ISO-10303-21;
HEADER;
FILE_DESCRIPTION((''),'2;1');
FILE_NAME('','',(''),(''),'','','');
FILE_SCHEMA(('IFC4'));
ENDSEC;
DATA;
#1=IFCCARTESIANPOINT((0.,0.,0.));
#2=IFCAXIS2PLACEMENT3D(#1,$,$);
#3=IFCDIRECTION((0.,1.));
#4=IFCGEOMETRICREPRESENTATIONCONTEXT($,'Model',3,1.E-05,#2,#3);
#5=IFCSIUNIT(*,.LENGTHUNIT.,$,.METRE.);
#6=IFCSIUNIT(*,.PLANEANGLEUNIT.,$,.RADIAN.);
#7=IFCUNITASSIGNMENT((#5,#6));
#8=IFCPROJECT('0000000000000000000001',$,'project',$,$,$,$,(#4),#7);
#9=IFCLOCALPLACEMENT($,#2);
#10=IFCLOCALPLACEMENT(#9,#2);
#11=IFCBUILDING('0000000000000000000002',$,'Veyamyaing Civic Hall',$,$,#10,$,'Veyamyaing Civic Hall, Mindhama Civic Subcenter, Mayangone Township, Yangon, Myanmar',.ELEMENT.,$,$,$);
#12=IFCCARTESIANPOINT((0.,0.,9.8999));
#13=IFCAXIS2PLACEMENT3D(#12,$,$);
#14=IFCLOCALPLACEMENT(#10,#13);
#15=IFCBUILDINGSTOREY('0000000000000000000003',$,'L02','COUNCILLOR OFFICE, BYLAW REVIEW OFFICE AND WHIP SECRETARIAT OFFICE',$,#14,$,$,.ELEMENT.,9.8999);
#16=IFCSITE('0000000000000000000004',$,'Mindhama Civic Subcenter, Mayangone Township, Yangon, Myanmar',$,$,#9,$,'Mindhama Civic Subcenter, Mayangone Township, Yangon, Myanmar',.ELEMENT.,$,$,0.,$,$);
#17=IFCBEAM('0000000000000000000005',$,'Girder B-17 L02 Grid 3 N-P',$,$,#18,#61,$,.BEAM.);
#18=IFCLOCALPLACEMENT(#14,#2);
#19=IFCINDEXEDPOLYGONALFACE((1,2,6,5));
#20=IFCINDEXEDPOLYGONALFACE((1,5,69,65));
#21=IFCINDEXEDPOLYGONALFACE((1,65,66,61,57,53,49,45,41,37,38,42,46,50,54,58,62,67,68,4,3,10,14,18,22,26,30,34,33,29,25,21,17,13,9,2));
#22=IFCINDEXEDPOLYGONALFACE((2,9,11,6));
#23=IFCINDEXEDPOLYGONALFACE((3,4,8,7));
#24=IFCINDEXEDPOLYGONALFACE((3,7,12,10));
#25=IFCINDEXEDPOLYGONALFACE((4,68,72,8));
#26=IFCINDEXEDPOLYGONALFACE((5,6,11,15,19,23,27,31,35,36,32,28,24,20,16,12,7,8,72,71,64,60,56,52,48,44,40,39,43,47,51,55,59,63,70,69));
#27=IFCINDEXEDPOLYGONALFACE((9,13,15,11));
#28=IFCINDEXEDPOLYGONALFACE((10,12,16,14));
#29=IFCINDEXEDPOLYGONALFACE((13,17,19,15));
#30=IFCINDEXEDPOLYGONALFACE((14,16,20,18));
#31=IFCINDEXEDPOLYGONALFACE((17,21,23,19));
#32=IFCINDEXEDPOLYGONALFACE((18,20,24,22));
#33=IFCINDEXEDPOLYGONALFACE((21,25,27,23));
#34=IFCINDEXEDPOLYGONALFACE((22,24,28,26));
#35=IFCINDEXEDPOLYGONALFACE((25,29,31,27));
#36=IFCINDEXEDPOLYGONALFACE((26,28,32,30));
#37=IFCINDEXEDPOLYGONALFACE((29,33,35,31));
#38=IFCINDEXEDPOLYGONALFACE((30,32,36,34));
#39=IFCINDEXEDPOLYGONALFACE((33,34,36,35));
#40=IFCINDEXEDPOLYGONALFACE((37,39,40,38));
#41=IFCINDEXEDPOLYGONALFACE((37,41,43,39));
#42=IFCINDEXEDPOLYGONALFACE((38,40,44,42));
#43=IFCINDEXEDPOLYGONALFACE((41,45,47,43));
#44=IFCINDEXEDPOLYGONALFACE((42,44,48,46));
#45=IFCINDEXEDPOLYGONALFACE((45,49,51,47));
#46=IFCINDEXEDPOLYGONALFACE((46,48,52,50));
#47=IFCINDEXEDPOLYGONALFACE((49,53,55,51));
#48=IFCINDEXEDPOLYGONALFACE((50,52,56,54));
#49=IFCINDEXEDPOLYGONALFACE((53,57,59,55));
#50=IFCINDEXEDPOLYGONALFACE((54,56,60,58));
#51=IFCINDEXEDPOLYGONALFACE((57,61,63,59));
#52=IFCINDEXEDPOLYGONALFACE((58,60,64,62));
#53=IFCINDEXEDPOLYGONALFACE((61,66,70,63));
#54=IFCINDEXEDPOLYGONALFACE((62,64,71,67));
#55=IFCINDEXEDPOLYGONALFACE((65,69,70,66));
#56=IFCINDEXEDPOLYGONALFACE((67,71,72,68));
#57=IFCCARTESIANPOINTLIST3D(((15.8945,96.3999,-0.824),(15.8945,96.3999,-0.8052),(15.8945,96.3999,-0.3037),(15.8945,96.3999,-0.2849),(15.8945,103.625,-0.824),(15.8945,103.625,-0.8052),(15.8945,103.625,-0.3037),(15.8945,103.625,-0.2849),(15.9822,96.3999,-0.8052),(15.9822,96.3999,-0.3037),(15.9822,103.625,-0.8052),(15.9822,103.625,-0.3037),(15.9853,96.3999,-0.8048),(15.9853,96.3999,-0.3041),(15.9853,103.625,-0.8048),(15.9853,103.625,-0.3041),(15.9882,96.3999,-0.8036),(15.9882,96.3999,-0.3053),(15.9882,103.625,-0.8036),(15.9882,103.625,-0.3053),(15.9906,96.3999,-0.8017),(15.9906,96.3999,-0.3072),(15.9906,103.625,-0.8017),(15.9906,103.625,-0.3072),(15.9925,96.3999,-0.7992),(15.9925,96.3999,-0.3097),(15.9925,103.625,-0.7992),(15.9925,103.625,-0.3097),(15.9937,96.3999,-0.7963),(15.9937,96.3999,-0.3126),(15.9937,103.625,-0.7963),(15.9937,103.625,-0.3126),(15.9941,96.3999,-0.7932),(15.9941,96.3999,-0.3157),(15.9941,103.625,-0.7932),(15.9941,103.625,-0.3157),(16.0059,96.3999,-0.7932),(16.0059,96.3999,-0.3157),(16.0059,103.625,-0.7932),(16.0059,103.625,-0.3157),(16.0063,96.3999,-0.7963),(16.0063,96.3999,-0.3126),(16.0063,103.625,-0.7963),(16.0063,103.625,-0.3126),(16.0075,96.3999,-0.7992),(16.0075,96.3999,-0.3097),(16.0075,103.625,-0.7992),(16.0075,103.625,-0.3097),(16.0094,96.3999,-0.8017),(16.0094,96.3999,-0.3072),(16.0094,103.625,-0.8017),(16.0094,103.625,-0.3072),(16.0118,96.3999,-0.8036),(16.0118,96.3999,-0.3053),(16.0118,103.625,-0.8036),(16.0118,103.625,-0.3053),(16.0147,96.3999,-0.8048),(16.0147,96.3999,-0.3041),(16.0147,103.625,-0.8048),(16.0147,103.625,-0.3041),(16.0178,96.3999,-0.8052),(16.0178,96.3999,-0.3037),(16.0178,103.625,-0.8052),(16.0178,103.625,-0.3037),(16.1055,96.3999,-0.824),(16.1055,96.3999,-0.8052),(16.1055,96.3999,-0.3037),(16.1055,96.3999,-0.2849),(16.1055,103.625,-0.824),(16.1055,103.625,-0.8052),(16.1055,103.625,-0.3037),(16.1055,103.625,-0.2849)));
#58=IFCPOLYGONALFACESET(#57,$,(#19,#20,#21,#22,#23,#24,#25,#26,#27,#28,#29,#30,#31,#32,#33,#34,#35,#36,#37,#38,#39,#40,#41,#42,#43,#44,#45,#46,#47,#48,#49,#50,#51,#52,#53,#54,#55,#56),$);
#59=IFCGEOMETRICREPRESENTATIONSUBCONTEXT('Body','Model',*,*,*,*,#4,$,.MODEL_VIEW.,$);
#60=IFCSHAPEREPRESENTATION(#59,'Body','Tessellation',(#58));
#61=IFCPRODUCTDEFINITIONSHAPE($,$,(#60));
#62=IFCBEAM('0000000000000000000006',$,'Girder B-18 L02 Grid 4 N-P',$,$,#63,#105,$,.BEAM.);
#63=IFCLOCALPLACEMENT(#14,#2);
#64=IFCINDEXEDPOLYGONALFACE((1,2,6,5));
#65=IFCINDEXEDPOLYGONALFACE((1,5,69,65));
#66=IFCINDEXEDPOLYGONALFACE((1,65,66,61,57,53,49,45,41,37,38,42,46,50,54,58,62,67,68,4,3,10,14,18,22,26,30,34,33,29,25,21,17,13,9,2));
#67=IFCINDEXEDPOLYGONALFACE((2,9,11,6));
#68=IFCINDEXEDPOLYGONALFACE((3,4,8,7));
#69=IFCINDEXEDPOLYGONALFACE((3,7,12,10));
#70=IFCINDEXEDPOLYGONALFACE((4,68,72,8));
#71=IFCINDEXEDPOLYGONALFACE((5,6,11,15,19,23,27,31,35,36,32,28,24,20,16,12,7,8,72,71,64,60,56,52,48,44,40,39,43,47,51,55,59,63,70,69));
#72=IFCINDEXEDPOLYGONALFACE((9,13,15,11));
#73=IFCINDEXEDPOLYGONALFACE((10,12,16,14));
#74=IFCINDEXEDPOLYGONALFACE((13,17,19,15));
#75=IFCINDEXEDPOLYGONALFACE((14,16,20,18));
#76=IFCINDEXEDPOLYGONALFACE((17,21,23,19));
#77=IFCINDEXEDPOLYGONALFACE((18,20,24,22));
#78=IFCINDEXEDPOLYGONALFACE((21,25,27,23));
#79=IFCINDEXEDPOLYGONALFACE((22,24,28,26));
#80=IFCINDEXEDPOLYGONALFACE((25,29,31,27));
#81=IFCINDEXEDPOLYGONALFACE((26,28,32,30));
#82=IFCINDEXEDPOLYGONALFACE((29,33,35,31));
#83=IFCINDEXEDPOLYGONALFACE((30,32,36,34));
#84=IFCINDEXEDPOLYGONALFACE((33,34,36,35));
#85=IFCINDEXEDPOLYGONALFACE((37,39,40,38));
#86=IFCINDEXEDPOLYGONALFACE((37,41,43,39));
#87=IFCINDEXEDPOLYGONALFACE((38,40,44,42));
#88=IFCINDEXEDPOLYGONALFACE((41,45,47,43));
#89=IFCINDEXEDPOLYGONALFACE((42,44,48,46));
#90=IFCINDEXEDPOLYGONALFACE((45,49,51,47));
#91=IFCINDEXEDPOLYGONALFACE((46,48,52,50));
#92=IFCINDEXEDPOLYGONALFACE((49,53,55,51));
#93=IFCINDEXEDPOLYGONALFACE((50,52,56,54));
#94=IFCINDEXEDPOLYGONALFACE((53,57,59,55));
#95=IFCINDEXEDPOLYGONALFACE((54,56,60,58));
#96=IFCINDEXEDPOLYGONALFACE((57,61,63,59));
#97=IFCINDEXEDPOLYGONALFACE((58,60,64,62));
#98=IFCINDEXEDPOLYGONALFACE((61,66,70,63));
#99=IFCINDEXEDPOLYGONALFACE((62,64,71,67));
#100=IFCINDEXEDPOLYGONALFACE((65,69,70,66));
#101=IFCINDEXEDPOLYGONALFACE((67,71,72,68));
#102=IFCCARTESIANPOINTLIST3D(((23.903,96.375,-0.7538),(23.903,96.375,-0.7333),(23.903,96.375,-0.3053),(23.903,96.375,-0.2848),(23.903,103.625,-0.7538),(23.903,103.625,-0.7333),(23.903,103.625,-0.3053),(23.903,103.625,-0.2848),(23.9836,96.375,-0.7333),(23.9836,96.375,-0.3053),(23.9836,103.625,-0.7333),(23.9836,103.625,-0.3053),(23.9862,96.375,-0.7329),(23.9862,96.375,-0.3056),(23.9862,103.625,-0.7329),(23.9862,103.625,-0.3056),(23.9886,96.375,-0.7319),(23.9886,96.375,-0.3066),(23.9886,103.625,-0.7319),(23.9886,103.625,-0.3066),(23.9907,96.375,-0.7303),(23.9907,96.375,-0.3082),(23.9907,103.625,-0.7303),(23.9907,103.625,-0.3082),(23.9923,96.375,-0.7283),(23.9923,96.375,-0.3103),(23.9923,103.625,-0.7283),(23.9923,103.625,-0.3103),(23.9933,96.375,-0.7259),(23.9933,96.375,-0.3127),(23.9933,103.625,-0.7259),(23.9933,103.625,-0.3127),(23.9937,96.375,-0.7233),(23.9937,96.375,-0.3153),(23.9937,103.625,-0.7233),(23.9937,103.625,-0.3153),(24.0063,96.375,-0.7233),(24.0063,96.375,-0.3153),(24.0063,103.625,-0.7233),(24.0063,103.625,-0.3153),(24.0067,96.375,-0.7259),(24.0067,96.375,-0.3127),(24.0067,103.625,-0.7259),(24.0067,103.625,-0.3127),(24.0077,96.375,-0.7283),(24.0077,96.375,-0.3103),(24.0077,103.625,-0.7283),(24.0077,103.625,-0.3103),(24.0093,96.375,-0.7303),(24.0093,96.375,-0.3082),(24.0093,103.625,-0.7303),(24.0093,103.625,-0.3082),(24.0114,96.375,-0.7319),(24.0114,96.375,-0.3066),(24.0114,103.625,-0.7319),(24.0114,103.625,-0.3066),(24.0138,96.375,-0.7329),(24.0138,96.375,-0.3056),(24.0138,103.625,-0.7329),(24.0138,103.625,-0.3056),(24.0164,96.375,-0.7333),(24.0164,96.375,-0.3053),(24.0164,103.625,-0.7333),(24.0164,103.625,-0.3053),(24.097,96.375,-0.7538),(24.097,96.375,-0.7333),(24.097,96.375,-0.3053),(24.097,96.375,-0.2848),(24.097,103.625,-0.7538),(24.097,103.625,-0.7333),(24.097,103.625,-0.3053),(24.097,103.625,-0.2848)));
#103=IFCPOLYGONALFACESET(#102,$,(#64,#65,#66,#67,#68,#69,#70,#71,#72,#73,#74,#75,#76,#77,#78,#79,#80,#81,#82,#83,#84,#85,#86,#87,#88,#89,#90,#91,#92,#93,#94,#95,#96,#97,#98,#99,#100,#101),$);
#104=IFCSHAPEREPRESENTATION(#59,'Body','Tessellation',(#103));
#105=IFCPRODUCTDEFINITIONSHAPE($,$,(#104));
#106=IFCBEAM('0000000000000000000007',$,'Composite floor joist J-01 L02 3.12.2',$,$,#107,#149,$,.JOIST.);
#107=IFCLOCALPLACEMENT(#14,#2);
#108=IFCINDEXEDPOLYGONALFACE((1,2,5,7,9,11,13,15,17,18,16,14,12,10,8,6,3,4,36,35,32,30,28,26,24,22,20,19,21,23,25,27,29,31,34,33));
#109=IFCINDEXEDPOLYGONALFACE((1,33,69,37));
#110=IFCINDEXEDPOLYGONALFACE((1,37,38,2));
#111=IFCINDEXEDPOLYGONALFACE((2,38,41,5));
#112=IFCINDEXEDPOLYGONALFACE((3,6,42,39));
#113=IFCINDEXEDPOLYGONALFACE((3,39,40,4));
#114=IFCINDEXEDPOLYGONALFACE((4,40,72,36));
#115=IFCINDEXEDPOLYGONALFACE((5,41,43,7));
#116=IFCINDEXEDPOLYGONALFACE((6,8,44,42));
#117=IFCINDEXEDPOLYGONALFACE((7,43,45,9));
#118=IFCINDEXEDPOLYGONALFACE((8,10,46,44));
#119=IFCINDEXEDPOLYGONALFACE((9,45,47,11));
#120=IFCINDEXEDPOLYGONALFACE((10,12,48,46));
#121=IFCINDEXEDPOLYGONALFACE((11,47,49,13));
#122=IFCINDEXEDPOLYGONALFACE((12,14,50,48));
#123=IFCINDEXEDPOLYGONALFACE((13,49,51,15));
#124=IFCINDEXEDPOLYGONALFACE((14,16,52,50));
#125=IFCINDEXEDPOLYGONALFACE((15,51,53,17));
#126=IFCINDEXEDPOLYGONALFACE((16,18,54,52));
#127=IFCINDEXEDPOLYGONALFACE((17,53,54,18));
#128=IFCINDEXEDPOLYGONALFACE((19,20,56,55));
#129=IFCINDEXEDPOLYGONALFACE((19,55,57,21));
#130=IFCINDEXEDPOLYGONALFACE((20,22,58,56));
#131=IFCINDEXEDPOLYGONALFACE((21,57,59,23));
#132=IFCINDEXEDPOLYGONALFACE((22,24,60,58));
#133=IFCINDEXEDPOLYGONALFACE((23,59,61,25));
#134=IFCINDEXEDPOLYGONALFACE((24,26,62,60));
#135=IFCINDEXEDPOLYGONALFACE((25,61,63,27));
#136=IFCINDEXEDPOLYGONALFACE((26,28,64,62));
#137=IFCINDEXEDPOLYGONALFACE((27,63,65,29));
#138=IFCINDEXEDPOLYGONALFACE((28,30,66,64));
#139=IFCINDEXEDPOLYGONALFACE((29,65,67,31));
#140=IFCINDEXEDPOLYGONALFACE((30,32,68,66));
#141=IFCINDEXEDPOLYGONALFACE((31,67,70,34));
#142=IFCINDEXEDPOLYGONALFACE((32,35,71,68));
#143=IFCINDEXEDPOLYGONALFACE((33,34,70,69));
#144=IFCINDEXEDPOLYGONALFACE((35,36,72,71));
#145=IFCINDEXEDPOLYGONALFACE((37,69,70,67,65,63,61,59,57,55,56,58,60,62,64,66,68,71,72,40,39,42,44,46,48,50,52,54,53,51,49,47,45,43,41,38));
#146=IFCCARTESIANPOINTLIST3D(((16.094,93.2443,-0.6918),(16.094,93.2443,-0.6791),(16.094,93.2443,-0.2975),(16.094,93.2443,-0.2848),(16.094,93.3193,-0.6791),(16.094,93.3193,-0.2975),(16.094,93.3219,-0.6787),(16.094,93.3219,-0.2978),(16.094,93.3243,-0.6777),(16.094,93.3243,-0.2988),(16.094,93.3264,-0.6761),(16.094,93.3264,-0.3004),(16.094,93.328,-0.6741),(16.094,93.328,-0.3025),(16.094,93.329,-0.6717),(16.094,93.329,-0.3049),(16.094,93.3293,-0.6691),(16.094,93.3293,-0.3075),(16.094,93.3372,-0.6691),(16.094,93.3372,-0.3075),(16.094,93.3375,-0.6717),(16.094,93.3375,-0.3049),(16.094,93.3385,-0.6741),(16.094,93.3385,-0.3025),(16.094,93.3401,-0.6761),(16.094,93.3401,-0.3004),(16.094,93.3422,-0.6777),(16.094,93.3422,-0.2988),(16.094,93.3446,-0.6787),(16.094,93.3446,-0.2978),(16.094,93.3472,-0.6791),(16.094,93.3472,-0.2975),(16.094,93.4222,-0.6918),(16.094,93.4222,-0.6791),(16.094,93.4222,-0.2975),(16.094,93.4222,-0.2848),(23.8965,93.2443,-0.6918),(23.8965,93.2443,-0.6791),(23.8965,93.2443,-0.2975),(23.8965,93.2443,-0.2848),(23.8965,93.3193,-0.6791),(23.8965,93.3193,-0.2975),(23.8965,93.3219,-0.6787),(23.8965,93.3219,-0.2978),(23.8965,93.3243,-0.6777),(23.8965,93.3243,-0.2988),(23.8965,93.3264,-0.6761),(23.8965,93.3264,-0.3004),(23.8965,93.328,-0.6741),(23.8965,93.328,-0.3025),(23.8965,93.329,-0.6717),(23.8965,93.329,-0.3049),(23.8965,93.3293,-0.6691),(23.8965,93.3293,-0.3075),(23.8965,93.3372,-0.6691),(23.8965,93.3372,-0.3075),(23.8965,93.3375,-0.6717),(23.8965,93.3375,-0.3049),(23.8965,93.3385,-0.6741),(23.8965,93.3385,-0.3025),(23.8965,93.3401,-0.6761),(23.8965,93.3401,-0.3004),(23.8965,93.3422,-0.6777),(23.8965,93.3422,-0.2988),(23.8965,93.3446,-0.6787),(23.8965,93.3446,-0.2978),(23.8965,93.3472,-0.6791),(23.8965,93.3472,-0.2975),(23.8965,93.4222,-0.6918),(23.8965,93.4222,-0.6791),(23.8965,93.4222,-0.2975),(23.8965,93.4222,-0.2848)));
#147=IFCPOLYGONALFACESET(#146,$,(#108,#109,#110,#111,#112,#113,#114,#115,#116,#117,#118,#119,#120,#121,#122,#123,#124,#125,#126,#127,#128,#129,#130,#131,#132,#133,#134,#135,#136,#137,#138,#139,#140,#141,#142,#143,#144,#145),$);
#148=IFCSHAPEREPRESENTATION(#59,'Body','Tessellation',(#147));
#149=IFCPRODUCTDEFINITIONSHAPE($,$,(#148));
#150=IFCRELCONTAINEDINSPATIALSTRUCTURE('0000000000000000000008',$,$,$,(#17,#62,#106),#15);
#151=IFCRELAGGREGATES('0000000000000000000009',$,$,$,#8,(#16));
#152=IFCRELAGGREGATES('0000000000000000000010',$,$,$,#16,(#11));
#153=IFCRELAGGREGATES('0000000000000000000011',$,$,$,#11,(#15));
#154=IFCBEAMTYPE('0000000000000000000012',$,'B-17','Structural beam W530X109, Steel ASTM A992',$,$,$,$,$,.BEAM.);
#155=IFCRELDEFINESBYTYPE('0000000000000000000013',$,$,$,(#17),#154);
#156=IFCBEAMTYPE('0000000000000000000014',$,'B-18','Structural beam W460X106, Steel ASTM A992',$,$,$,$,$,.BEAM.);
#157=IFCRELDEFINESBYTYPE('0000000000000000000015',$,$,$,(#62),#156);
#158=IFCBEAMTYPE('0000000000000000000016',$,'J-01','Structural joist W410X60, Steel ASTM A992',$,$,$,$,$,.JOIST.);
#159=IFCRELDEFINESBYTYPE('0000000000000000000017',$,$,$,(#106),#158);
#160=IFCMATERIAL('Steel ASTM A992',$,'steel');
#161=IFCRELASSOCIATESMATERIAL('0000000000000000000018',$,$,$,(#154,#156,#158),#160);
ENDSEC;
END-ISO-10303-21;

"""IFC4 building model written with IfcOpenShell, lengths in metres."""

from ifc_helpers import new_model, si_unit, direction, frame, origin, origin_2d, place, context, subcontext, project, spatial, i_section, extrude, material, material_profile, profile_set, type_object, element, save


model = new_model("IFC4")

# Units and contexts
model_context = context("Model", 3, precision=1e-05, world=origin(), true_north=direction((0.0, 1.0)))
body_context = subcontext(model_context, "Body", "Model", "MODEL_VIEW")
ifc_project = project(units=[si_unit("LENGTHUNIT", "METRE"), si_unit("PLANEANGLEUNIT", "RADIAN")], contexts=[model_context])

# Site, building, storey
site_placement = place(None, origin())
site = spatial("IfcSite", under=ifc_project, at=site_placement, Name="Mindhama Civic Subcenter, Mayangone Township, Yangon, Myanmar", LongName="Mindhama Civic Subcenter, Mayangone Township, Yangon, Myanmar", CompositionType="ELEMENT", RefElevation=0.0)
building_placement = place(site_placement, origin())
building = spatial("IfcBuilding", under=site, at=building_placement, Name="Veyamyaing Civic Hall", LongName="Veyamyaing Civic Hall, Mindhama Civic Subcenter, Mayangone Township, Yangon, Myanmar", CompositionType="ELEMENT")
storey_placement = place(building_placement, frame((0.0, 0.0, 9.8999)))
storey = spatial("IfcBuildingStorey", under=building, at=storey_placement, Name="L02", Description="COUNCILLOR OFFICE, BYLAW REVIEW OFFICE AND WHIP SECRETARIAT OFFICE", CompositionType="ELEMENT", Elevation=9.8999)

# Beams
ifc_material_1 = material(Name="Steel ASTM A992", Category="steel")
ifc_material_profile_1 = material_profile(ifc_material_1, i_section(OverallWidth=0.2109, OverallDepth=0.5391, WebThickness=0.0117, FlangeThickness=0.0188, FilletRadius=0.012, at=origin_2d()), Name="W530X109")
ifc_profile_set_1 = profile_set([ifc_material_profile_1], Name="Steel ASTM A992")
beam_type_1 = type_object("IfcBeamType", Name="B-17", Description="Structural beam W530X109, Steel ASTM A992", PredefinedType="BEAM", material=ifc_profile_set_1)
beam_1_placement = place(storey_placement, frame((16.0, 96.3999, -0.5544), z_axis=(0.0, 1.0, 0.0), x_axis=(-1.0, 0.0, 0.0)))
element("IfcBeam", 1, at=beam_1_placement, inside=storey, type_object=beam_type_1, Name="Girder B-17 L02 Grid 3 N-P", PredefinedType="BEAM", context=body_context, shape_type="SweptSolid", body=[
    extrude(i_section(OverallWidth=0.2109, OverallDepth=0.5391, WebThickness=0.0117, FlangeThickness=0.0188, FilletRadius=0.012, at=origin_2d()), origin(), (0.0, 0.0, 1.0), 7.2251),
])
ifc_material_profile_2 = material_profile(ifc_material_1, i_section(OverallWidth=0.1941, OverallDepth=0.469, WebThickness=0.0127, FlangeThickness=0.0205, FilletRadius=0.01, at=origin_2d()), Name="W460X106")
ifc_profile_set_2 = profile_set([ifc_material_profile_2], Name="Steel ASTM A992")
beam_type_2 = type_object("IfcBeamType", Name="B-18", Description="Structural beam W460X106, Steel ASTM A992", PredefinedType="BEAM", material=ifc_profile_set_2)
beam_2_placement = place(storey_placement, frame((24.0, 96.375, -0.5193), z_axis=(0.0, 1.0, 0.0), x_axis=(-1.0, 0.0, 0.0)))
element("IfcBeam", 2, at=beam_2_placement, inside=storey, type_object=beam_type_2, Name="Girder B-18 L02 Grid 4 N-P", PredefinedType="BEAM", context=body_context, shape_type="SweptSolid", body=[
    extrude(i_section(OverallWidth=0.1941, OverallDepth=0.469, WebThickness=0.0127, FlangeThickness=0.0205, FilletRadius=0.01, at=origin_2d()), origin(), (0.0, 0.0, 1.0), 7.25),
])
ifc_material_profile_3 = material_profile(ifc_material_1, i_section(OverallWidth=0.178, OverallDepth=0.407, WebThickness=0.0078, FlangeThickness=0.0127, FilletRadius=0.01, at=origin_2d()), Name="W410X60")
ifc_profile_set_3 = profile_set([ifc_material_profile_3], Name="Steel ASTM A992")
beam_type_3 = type_object("IfcBeamType", Name="J-01", Description="Structural joist W410X60, Steel ASTM A992", PredefinedType="JOIST", material=ifc_profile_set_3)
beam_3_placement = place(storey_placement, frame((16.094, 93.3333, -0.4883), z_axis=(1.0, 0.0, 0.0), x_axis=(0.0, 1.0, 0.0)))
element("IfcBeam", 3, at=beam_3_placement, inside=storey, type_object=beam_type_3, Name="Composite floor joist J-01 L02 3.12.2", PredefinedType="JOIST", context=body_context, shape_type="SweptSolid", body=[
    extrude(i_section(OverallWidth=0.178, OverallDepth=0.407, WebThickness=0.0078, FlangeThickness=0.0127, FilletRadius=0.01, at=origin_2d()), origin(), (0.0, 0.0, 1.0), 7.8025),
])

save(model, "model.ifc")
